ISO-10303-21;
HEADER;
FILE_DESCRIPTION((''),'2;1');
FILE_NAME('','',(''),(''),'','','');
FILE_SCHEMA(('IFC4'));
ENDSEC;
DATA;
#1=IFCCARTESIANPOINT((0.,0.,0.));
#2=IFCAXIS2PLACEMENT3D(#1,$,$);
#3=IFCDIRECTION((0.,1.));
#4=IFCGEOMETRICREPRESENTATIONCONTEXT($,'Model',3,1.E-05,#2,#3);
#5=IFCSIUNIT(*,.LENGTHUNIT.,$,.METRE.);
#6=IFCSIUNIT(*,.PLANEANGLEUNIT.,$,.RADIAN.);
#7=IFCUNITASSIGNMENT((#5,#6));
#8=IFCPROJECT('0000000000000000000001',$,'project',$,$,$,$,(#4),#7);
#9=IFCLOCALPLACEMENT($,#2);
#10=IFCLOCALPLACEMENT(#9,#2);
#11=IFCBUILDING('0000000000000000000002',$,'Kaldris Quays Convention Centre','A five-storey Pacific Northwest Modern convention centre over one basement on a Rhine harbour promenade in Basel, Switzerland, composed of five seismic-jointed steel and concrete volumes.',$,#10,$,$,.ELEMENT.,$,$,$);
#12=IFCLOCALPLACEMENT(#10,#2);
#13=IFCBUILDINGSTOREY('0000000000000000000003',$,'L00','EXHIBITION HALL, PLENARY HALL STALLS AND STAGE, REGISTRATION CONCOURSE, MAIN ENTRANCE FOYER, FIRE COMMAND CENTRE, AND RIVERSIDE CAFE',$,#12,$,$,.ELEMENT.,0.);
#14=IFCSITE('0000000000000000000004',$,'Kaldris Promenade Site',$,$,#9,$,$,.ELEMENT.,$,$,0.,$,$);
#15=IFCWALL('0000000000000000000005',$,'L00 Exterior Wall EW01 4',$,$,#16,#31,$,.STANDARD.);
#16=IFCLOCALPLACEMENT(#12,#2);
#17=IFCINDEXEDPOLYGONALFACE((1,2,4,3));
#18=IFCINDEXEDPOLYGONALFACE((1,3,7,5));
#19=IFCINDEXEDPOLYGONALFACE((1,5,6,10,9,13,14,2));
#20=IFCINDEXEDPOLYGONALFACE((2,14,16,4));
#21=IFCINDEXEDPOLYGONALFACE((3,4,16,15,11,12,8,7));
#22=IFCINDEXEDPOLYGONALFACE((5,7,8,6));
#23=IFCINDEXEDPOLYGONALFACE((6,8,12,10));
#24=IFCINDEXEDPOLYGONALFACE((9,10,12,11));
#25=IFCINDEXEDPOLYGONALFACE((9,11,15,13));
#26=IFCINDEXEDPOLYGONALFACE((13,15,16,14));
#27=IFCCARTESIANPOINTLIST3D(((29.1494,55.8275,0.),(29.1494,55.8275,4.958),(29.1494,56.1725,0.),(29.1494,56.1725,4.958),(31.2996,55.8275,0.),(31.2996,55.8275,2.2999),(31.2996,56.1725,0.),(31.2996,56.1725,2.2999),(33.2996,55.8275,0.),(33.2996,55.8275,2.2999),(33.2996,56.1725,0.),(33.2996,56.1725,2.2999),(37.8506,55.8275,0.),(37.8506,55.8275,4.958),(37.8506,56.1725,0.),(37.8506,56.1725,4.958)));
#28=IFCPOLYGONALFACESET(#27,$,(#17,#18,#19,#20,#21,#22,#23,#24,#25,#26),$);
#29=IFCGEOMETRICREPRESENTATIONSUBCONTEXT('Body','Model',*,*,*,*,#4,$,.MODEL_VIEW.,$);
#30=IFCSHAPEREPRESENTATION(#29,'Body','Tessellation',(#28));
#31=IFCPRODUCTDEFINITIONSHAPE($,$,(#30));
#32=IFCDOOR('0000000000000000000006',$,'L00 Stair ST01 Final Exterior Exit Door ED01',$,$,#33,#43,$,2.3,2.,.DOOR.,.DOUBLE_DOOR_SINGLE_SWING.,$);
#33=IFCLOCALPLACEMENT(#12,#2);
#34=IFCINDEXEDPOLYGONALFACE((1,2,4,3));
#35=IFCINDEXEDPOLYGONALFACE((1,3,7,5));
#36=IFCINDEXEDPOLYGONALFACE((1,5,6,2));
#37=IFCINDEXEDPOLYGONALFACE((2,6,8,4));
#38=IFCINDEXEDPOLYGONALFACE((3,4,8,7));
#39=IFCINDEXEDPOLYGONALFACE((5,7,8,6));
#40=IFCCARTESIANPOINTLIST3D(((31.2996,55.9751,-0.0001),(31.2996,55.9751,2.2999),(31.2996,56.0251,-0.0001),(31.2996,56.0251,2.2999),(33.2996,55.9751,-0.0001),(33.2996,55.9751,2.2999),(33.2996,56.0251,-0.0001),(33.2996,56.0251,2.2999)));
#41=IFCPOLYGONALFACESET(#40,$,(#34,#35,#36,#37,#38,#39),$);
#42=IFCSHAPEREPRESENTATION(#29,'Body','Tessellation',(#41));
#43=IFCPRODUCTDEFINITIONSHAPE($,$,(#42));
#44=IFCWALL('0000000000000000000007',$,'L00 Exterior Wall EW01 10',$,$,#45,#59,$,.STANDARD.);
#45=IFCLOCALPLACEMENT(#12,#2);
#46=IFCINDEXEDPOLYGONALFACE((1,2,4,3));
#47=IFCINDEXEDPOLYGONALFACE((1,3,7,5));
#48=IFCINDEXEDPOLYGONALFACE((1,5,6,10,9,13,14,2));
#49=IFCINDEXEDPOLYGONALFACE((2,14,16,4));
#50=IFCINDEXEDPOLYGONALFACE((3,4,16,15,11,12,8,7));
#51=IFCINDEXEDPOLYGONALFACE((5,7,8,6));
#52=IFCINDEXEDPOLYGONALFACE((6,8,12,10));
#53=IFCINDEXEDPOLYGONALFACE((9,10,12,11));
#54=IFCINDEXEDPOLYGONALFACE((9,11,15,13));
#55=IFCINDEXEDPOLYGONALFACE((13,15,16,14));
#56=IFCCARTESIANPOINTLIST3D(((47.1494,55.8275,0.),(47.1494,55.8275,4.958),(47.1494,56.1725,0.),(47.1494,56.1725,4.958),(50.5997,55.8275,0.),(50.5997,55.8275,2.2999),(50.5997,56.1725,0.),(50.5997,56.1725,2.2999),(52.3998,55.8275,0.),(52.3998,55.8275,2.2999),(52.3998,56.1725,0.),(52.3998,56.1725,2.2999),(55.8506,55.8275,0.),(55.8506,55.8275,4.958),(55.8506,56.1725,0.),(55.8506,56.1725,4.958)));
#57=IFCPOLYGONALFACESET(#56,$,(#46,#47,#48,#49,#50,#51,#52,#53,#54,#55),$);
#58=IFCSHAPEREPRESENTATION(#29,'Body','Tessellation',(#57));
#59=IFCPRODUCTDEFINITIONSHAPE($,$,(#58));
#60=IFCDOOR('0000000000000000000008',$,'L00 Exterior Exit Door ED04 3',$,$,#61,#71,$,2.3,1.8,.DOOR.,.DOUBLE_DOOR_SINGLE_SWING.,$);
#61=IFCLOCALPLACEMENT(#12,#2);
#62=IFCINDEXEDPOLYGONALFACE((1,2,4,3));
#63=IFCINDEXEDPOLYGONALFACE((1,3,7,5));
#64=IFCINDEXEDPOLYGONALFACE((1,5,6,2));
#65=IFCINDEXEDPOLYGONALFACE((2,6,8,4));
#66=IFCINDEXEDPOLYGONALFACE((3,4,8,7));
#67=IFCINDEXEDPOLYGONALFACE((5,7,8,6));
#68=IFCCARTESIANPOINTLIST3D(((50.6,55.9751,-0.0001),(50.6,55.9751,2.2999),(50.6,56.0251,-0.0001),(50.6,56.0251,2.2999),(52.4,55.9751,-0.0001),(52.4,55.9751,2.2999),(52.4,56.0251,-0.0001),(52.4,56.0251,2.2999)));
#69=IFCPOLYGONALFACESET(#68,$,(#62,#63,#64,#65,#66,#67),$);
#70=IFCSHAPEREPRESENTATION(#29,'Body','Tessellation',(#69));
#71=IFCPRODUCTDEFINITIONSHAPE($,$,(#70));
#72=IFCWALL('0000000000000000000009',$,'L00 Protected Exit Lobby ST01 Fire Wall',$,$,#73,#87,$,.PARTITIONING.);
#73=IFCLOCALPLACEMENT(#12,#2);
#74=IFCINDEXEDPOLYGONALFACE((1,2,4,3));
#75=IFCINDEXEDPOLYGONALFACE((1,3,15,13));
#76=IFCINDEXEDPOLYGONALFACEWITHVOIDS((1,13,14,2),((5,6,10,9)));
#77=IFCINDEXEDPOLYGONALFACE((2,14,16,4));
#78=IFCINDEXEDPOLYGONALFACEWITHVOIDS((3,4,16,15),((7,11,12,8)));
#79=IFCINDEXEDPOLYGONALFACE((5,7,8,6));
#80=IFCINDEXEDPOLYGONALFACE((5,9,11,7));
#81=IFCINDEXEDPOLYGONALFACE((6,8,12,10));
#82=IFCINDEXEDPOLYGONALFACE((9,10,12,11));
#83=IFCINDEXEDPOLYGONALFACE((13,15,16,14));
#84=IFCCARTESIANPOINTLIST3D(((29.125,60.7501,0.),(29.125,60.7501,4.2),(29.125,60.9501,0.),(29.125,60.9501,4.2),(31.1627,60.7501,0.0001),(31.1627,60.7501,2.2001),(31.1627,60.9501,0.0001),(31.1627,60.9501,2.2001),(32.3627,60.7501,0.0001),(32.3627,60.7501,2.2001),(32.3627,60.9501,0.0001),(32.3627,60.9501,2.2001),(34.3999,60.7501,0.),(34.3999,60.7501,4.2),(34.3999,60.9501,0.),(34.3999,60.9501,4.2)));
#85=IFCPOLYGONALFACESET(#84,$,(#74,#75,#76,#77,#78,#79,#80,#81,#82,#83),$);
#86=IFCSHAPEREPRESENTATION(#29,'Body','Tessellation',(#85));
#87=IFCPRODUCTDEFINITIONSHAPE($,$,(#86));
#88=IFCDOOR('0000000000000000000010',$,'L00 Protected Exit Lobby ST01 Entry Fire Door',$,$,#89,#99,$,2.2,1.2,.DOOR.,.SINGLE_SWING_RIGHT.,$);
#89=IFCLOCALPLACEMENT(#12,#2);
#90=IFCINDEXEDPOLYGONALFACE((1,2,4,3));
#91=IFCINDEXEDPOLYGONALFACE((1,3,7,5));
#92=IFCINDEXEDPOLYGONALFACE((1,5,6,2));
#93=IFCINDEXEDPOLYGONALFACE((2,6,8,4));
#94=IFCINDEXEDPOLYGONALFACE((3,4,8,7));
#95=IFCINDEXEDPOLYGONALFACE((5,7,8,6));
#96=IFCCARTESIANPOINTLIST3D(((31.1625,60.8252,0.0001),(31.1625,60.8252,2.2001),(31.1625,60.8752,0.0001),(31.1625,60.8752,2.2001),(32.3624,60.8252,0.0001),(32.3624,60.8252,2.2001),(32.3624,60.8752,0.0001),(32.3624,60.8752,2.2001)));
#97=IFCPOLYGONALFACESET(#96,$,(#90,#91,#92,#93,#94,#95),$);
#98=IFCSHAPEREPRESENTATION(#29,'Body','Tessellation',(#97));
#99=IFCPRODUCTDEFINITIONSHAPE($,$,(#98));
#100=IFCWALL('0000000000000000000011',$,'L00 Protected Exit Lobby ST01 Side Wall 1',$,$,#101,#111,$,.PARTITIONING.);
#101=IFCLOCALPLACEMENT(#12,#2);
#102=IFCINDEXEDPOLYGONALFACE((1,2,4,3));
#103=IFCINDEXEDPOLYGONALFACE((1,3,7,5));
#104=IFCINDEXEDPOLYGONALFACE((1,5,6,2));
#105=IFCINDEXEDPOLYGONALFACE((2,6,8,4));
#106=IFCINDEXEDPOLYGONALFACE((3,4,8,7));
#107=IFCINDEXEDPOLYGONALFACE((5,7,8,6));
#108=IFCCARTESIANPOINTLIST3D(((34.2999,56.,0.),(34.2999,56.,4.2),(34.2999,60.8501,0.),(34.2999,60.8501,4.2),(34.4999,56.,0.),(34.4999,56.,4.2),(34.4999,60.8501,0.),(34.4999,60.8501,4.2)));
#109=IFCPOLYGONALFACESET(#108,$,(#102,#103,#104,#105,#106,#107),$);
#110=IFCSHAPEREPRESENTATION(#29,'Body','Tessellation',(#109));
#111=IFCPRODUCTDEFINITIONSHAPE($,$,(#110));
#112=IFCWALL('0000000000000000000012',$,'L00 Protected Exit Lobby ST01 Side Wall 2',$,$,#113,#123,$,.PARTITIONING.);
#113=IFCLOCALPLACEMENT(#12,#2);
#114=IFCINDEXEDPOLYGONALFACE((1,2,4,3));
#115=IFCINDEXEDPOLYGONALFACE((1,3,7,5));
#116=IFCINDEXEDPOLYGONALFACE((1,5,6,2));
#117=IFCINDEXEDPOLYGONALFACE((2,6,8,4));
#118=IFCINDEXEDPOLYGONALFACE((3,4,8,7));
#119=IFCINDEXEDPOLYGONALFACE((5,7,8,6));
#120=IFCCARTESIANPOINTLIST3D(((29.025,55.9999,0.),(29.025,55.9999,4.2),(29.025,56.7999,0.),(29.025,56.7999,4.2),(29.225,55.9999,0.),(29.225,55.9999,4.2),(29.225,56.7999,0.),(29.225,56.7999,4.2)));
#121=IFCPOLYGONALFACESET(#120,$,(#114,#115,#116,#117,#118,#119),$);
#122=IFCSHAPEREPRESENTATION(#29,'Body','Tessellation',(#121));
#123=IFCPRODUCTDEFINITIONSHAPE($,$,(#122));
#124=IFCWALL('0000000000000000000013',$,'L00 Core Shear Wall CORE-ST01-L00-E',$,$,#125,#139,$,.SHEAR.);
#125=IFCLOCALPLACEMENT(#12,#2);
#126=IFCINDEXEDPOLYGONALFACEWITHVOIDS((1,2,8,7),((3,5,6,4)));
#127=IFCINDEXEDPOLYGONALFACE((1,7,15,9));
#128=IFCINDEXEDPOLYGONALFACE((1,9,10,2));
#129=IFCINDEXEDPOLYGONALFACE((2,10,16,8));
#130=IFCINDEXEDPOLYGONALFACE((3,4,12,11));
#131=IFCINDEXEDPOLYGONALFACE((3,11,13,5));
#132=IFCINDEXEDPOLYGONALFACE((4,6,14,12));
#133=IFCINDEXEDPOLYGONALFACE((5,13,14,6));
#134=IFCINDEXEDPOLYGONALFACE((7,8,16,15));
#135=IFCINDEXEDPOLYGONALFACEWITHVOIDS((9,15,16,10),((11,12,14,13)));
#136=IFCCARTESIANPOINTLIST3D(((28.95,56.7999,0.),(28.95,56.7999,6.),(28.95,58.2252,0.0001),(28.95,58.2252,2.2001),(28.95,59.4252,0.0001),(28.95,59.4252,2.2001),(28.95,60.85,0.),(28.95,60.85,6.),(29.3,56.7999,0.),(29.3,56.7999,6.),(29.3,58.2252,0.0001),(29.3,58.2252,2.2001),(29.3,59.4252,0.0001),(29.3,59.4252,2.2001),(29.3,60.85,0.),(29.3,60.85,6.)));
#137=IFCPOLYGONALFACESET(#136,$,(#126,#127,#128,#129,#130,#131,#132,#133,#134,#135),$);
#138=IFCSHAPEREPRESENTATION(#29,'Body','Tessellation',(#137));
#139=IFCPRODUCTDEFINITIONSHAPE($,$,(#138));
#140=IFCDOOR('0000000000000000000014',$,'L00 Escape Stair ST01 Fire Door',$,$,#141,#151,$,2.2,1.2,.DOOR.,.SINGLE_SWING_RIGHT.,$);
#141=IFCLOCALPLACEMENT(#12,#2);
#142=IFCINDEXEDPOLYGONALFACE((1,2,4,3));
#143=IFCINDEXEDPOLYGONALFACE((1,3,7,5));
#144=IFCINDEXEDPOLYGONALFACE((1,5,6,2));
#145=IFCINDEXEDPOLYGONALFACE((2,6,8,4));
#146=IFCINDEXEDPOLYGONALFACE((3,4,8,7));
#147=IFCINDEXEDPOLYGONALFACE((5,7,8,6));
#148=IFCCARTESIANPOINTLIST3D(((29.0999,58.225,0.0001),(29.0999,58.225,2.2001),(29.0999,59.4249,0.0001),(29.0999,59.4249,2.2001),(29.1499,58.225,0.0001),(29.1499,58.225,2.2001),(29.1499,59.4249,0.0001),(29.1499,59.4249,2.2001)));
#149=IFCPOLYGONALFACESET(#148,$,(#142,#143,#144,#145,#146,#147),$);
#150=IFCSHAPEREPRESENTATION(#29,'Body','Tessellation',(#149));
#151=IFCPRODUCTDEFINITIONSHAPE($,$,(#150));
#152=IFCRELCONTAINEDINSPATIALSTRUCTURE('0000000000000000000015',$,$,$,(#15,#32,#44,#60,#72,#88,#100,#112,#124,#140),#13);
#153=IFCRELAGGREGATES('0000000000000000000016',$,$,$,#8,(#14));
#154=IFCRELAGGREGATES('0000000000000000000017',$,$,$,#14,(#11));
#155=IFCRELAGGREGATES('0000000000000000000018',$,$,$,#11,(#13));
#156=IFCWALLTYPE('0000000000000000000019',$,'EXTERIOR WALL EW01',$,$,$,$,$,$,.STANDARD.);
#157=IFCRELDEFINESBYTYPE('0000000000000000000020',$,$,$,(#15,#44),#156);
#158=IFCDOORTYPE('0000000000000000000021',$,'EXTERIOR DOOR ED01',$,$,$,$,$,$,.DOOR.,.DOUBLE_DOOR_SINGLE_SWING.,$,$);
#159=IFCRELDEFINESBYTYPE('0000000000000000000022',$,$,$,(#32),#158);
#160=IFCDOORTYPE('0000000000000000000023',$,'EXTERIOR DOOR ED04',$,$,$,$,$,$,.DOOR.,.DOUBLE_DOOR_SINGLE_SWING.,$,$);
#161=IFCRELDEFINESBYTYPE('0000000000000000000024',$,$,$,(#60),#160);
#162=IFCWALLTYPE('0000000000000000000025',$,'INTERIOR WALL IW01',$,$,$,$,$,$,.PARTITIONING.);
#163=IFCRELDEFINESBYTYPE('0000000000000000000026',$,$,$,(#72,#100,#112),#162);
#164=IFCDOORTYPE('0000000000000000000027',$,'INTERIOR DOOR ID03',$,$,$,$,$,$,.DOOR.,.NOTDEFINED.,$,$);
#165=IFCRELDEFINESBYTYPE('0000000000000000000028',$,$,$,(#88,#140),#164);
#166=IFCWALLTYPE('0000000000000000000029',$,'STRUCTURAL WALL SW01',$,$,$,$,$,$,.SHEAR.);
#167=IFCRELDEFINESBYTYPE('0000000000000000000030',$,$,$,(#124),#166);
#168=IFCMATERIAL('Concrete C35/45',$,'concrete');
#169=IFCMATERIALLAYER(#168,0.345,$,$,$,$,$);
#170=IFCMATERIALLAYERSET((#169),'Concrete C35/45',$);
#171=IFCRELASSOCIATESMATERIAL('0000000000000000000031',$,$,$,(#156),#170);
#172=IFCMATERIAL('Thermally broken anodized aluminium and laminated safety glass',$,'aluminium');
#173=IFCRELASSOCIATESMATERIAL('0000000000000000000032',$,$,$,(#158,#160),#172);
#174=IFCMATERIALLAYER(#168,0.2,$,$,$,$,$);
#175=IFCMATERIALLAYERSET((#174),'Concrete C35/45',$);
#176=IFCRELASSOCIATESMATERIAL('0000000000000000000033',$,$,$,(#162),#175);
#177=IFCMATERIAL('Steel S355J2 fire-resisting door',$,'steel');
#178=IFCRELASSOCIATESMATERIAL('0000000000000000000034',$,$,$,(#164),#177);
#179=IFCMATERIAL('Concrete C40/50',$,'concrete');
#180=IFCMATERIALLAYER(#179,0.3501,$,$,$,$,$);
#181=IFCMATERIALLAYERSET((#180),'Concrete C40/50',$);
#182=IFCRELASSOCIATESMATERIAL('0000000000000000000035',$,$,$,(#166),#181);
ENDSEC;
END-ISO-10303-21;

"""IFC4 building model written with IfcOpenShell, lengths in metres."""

from ifc_helpers import new_model, si_unit, direction, frame, frame_2d, origin, place, context, subcontext, project, spatial, rectangle, extrude, material, layer, layer_set, type_object, element, fill, save


model = new_model("IFC4")

# Units and contexts
model_context = context("Model", 3, precision=1e-05, world=origin(), true_north=direction((0.0, 1.0)))
body_context = subcontext(model_context, "Body", "Model", "MODEL_VIEW")
ifc_project = project(units=[si_unit("LENGTHUNIT", "METRE"), si_unit("PLANEANGLEUNIT", "RADIAN")], contexts=[model_context])

# Site, building, storey
site_placement = place(None, origin())
site = spatial("IfcSite", under=ifc_project, at=site_placement, Name="Kaldris Promenade Site", CompositionType="ELEMENT", RefElevation=0.0)
building_placement = place(site_placement, origin())
building = spatial("IfcBuilding", under=site, at=building_placement, Name="Kaldris Quays Convention Centre", Description="A five-storey Pacific Northwest Modern convention centre over one basement on a Rhine harbour promenade in Basel, Switzerland, composed of five seismic-jointed steel and concrete volumes.", CompositionType="ELEMENT")
storey_placement = place(building_placement, origin())
storey = spatial("IfcBuildingStorey", under=building, at=storey_placement, Name="L00", Description="EXHIBITION HALL, PLENARY HALL STALLS AND STAGE, REGISTRATION CONCOURSE, MAIN ENTRANCE FOYER, FIRE COMMAND CENTRE, AND RIVERSIDE CAFE", CompositionType="ELEMENT", Elevation=0.0)

# Walls, openings, doors
ifc_material_1 = material(Name="Concrete C35/45", Category="concrete")
ifc_layer_1 = layer(ifc_material_1, 0.345)
ifc_layer_set_1 = layer_set([ifc_layer_1], Name="Concrete C35/45")
wall_type_1 = type_object("IfcWallType", Name="EXTERIOR WALL EW01", PredefinedType="STANDARD", material=ifc_layer_set_1)
wall_1_placement = place(storey_placement, frame((29.1494, 56.0, 0.0), z_axis=(0.0, 0.0, 1.0), x_axis=(1.0, 0.0, 0.0)))
wall_1 = element("IfcWall", 1, at=wall_1_placement, inside=storey, type_object=wall_type_1, Name="L00 Exterior Wall EW01 4", PredefinedType="STANDARD", context=body_context, shape_type="SweptSolid", body=[
    extrude(rectangle(XDim=8.7012, YDim=0.345, at=frame_2d((4.3506, 0.0))), origin(), (0.0, 0.0, 1.0), 4.958),
])
opening_1_placement = place(wall_1_placement, frame((2.1501, 0.0, 0.0)))
opening_1 = element("IfcOpeningElement", 2, at=opening_1_placement, cuts=wall_1, PredefinedType="OPENING", context=body_context, shape_type="SweptSolid", body=[
    extrude(rectangle(XDim=2.0, YDim=2.3, at=frame_2d((1.0, 1.1499))), frame((0.0, 0.1826, 0.0), z_axis=(0.0, -1.0, 0.0), x_axis=(1.0, 0.0, 0.0)), (0.0, 0.0, 1.0), 0.365),
])
ifc_material_2 = material(Name="Thermally broken anodized aluminium and laminated safety glass", Category="aluminium")
door_type_1 = type_object("IfcDoorType", Name="EXTERIOR DOOR ED01", OperationType="DOUBLE_DOOR_SINGLE_SWING", PredefinedType="DOOR", material=ifc_material_2)
door_1_placement = place(opening_1_placement, frame((2.0, 0.0, 0.0), z_axis=(0.0, 0.0, 1.0), x_axis=(-1.0, 0.0, 0.0)))
door_1 = element("IfcDoor", 3, at=door_1_placement, inside=storey, type_object=door_type_1, Name="L00 Stair ST01 Final Exterior Exit Door ED01", OperationType="DOUBLE_DOOR_SINGLE_SWING", OverallHeight=2.3, OverallWidth=2.0, PredefinedType="DOOR", context=body_context, shape_type="SweptSolid", body=[
    extrude(rectangle(XDim=2.0, YDim=2.3, at=frame_2d((1.0, 1.1499))), frame((0.0, 0.0249, 0.0), z_axis=(0.0, -1.0, 0.0), x_axis=(1.0, 0.0, 0.0)), (0.0, 0.0, 1.0), 0.05),
])
fill(opening_1, door_1)
wall_2_placement = place(storey_placement, frame((47.1494, 56.0, 0.0), z_axis=(0.0, 0.0, 1.0), x_axis=(1.0, 0.0, 0.0)))
wall_2 = element("IfcWall", 4, at=wall_2_placement, inside=storey, type_object=wall_type_1, Name="L00 Exterior Wall EW01 10", PredefinedType="STANDARD", context=body_context, shape_type="SweptSolid", body=[
    extrude(rectangle(XDim=8.7012, YDim=0.345, at=frame_2d((4.3506, 0.0))), origin(), (0.0, 0.0, 1.0), 4.958),
])
opening_2_placement = place(wall_2_placement, frame((3.4504, 0.0, 0.0)))
opening_2 = element("IfcOpeningElement", 5, at=opening_2_placement, cuts=wall_2, PredefinedType="OPENING", context=body_context, shape_type="SweptSolid", body=[
    extrude(rectangle(XDim=1.8, YDim=2.3, at=frame_2d((0.8999, 1.1499))), frame((0.0, 0.1826, 0.0), z_axis=(0.0, -1.0, 0.0), x_axis=(1.0, 0.0, 0.0)), (0.0, 0.0, 1.0), 0.365),
])
door_type_2 = type_object("IfcDoorType", Name="EXTERIOR DOOR ED04", OperationType="DOUBLE_DOOR_SINGLE_SWING", PredefinedType="DOOR", material=ifc_material_2)
door_2_placement = place(opening_2_placement, frame((1.8, 0.0, 0.0), z_axis=(0.0, 0.0, 1.0), x_axis=(-1.0, 0.0, 0.0)))
door_2 = element("IfcDoor", 6, at=door_2_placement, inside=storey, type_object=door_type_2, Name="L00 Exterior Exit Door ED04 3", OperationType="DOUBLE_DOOR_SINGLE_SWING", OverallHeight=2.3, OverallWidth=1.8, PredefinedType="DOOR", context=body_context, shape_type="SweptSolid", body=[
    extrude(rectangle(XDim=1.8, YDim=2.3, at=frame_2d((0.8999, 1.1499))), frame((0.0, 0.0249, 0.0), z_axis=(0.0, -1.0, 0.0), x_axis=(1.0, 0.0, 0.0)), (0.0, 0.0, 1.0), 0.05),
])
fill(opening_2, door_2)
ifc_layer_2 = layer(ifc_material_1, 0.2)
ifc_layer_set_2 = layer_set([ifc_layer_2], Name="Concrete C35/45")
wall_type_2 = type_object("IfcWallType", Name="INTERIOR WALL IW01", PredefinedType="PARTITIONING", material=ifc_layer_set_2)
wall_3_placement = place(storey_placement, frame((29.125, 60.8501, 0.0), z_axis=(0.0, 0.0, 1.0), x_axis=(1.0, 0.0, 0.0)))
wall_3 = element("IfcWall", 7, at=wall_3_placement, inside=storey, type_object=wall_type_2, Name="L00 Protected Exit Lobby ST01 Fire Wall", PredefinedType="PARTITIONING", context=body_context, shape_type="SweptSolid", body=[
    extrude(rectangle(XDim=5.2749, YDim=0.2, at=frame_2d((2.6375, 0.0))), origin(), (0.0, 0.0, 1.0), 4.2),
])
opening_3_placement = place(wall_3_placement, frame((2.0376, 0.0, 0.0)))
opening_3 = element("IfcOpeningElement", 8, at=opening_3_placement, cuts=wall_3, PredefinedType="OPENING", context=body_context, shape_type="SweptSolid", body=[
    extrude(rectangle(XDim=1.2, YDim=2.2, at=frame_2d((0.6001, 1.1001))), frame((0.0, 0.1099, 0.0), z_axis=(0.0, -1.0, 0.0), x_axis=(1.0, 0.0, 0.0)), (0.0, 0.0, 1.0), 0.22),
])
ifc_material_3 = material(Name="Steel S355J2 fire-resisting door", Category="steel")
door_type_3 = type_object("IfcDoorType", Name="INTERIOR DOOR ID03", OperationType="NOTDEFINED", PredefinedType="DOOR", material=ifc_material_3)
door_3_placement = place(opening_3_placement, frame((1.2, 0.0, 0.0), z_axis=(0.0, 0.0, 1.0), x_axis=(-1.0, 0.0, 0.0)))
door_3 = element("IfcDoor", 9, at=door_3_placement, inside=storey, type_object=door_type_3, Name="L00 Protected Exit Lobby ST01 Entry Fire Door", OperationType="SINGLE_SWING_RIGHT", OverallHeight=2.2, OverallWidth=1.2, PredefinedType="DOOR", context=body_context, shape_type="SweptSolid", body=[
    extrude(rectangle(XDim=1.2, YDim=2.2, at=frame_2d((0.6001, 1.1001))), frame((0.0, 0.0249, 0.0), z_axis=(0.0, -1.0, 0.0), x_axis=(1.0, 0.0, 0.0)), (0.0, 0.0, 1.0), 0.05),
])
fill(opening_3, door_3)

# Walls
wall_4_placement = place(storey_placement, frame((34.3999, 56.0, 0.0), z_axis=(0.0, 0.0, 1.0), x_axis=(0.0, 1.0, 0.0)))
element("IfcWall", 10, at=wall_4_placement, inside=storey, type_object=wall_type_2, Name="L00 Protected Exit Lobby ST01 Side Wall 1", PredefinedType="PARTITIONING", context=body_context, shape_type="SweptSolid", body=[
    extrude(rectangle(XDim=4.8501, YDim=0.2, at=frame_2d((2.425, 0.0))), origin(), (0.0, 0.0, 1.0), 4.2),
])
wall_5_placement = place(storey_placement, frame((29.125, 56.0, 0.0), z_axis=(0.0, 0.0, 1.0), x_axis=(0.0, 1.0, 0.0)))
element("IfcWall", 11, at=wall_5_placement, inside=storey, type_object=wall_type_2, Name="L00 Protected Exit Lobby ST01 Side Wall 2", PredefinedType="PARTITIONING", context=body_context, shape_type="SweptSolid", body=[
    extrude(rectangle(XDim=0.8, YDim=0.2, at=frame_2d((0.3999, 0.0))), origin(), (0.0, 0.0, 1.0), 4.2),
])

# Wall, opening, door
ifc_material_4 = material(Name="Concrete C40/50", Category="concrete")
ifc_layer_3 = layer(ifc_material_4, 0.3501)
ifc_layer_set_3 = layer_set([ifc_layer_3], Name="Concrete C40/50")
wall_type_3 = type_object("IfcWallType", Name="STRUCTURAL WALL SW01", PredefinedType="SHEAR", material=ifc_layer_set_3)
wall_6_placement = place(storey_placement, frame((29.125, 56.8, 0.0), z_axis=(0.0, 0.0, 1.0), x_axis=(0.0, 1.0, 0.0)))
wall_6 = element("IfcWall", 12, at=wall_6_placement, inside=storey, type_object=wall_type_3, Name="L00 Core Shear Wall CORE-ST01-L00-E", PredefinedType="SHEAR", context=body_context, shape_type="SweptSolid", body=[
    extrude(rectangle(XDim=4.05, YDim=0.3501, at=frame_2d((2.0249, 0.0))), origin(), (0.0, 0.0, 1.0), 6.0),
])
opening_4_placement = place(wall_6_placement, frame((1.425, 0.0, 0.0)))
opening_4 = element("IfcOpeningElement", 13, at=opening_4_placement, cuts=wall_6, PredefinedType="OPENING", context=body_context, shape_type="SweptSolid", body=[
    extrude(rectangle(XDim=1.2, YDim=2.2, at=frame_2d((0.6001, 1.1001))), frame((0.0, 0.1851, 0.0), z_axis=(0.0, -1.0, 0.0), x_axis=(1.0, 0.0, 0.0)), (0.0, 0.0, 1.0), 0.3701),
])
door_4_placement = place(opening_4_placement, frame((1.2, 0.0, 0.0), z_axis=(0.0, 0.0, 1.0), x_axis=(-1.0, 0.0, 0.0)))
door_4 = element("IfcDoor", 14, at=door_4_placement, inside=storey, type_object=door_type_3, Name="L00 Escape Stair ST01 Fire Door", OperationType="SINGLE_SWING_RIGHT", OverallHeight=2.2, OverallWidth=1.2, PredefinedType="DOOR", context=body_context, shape_type="SweptSolid", body=[
    extrude(rectangle(XDim=1.2, YDim=2.2, at=frame_2d((0.6001, 1.1001))), frame((0.0, 0.0249, 0.0), z_axis=(0.0, -1.0, 0.0), x_axis=(1.0, 0.0, 0.0)), (0.0, 0.0, 1.0), 0.05),
])
fill(opening_4, door_4)

save(model, "model.ifc")
